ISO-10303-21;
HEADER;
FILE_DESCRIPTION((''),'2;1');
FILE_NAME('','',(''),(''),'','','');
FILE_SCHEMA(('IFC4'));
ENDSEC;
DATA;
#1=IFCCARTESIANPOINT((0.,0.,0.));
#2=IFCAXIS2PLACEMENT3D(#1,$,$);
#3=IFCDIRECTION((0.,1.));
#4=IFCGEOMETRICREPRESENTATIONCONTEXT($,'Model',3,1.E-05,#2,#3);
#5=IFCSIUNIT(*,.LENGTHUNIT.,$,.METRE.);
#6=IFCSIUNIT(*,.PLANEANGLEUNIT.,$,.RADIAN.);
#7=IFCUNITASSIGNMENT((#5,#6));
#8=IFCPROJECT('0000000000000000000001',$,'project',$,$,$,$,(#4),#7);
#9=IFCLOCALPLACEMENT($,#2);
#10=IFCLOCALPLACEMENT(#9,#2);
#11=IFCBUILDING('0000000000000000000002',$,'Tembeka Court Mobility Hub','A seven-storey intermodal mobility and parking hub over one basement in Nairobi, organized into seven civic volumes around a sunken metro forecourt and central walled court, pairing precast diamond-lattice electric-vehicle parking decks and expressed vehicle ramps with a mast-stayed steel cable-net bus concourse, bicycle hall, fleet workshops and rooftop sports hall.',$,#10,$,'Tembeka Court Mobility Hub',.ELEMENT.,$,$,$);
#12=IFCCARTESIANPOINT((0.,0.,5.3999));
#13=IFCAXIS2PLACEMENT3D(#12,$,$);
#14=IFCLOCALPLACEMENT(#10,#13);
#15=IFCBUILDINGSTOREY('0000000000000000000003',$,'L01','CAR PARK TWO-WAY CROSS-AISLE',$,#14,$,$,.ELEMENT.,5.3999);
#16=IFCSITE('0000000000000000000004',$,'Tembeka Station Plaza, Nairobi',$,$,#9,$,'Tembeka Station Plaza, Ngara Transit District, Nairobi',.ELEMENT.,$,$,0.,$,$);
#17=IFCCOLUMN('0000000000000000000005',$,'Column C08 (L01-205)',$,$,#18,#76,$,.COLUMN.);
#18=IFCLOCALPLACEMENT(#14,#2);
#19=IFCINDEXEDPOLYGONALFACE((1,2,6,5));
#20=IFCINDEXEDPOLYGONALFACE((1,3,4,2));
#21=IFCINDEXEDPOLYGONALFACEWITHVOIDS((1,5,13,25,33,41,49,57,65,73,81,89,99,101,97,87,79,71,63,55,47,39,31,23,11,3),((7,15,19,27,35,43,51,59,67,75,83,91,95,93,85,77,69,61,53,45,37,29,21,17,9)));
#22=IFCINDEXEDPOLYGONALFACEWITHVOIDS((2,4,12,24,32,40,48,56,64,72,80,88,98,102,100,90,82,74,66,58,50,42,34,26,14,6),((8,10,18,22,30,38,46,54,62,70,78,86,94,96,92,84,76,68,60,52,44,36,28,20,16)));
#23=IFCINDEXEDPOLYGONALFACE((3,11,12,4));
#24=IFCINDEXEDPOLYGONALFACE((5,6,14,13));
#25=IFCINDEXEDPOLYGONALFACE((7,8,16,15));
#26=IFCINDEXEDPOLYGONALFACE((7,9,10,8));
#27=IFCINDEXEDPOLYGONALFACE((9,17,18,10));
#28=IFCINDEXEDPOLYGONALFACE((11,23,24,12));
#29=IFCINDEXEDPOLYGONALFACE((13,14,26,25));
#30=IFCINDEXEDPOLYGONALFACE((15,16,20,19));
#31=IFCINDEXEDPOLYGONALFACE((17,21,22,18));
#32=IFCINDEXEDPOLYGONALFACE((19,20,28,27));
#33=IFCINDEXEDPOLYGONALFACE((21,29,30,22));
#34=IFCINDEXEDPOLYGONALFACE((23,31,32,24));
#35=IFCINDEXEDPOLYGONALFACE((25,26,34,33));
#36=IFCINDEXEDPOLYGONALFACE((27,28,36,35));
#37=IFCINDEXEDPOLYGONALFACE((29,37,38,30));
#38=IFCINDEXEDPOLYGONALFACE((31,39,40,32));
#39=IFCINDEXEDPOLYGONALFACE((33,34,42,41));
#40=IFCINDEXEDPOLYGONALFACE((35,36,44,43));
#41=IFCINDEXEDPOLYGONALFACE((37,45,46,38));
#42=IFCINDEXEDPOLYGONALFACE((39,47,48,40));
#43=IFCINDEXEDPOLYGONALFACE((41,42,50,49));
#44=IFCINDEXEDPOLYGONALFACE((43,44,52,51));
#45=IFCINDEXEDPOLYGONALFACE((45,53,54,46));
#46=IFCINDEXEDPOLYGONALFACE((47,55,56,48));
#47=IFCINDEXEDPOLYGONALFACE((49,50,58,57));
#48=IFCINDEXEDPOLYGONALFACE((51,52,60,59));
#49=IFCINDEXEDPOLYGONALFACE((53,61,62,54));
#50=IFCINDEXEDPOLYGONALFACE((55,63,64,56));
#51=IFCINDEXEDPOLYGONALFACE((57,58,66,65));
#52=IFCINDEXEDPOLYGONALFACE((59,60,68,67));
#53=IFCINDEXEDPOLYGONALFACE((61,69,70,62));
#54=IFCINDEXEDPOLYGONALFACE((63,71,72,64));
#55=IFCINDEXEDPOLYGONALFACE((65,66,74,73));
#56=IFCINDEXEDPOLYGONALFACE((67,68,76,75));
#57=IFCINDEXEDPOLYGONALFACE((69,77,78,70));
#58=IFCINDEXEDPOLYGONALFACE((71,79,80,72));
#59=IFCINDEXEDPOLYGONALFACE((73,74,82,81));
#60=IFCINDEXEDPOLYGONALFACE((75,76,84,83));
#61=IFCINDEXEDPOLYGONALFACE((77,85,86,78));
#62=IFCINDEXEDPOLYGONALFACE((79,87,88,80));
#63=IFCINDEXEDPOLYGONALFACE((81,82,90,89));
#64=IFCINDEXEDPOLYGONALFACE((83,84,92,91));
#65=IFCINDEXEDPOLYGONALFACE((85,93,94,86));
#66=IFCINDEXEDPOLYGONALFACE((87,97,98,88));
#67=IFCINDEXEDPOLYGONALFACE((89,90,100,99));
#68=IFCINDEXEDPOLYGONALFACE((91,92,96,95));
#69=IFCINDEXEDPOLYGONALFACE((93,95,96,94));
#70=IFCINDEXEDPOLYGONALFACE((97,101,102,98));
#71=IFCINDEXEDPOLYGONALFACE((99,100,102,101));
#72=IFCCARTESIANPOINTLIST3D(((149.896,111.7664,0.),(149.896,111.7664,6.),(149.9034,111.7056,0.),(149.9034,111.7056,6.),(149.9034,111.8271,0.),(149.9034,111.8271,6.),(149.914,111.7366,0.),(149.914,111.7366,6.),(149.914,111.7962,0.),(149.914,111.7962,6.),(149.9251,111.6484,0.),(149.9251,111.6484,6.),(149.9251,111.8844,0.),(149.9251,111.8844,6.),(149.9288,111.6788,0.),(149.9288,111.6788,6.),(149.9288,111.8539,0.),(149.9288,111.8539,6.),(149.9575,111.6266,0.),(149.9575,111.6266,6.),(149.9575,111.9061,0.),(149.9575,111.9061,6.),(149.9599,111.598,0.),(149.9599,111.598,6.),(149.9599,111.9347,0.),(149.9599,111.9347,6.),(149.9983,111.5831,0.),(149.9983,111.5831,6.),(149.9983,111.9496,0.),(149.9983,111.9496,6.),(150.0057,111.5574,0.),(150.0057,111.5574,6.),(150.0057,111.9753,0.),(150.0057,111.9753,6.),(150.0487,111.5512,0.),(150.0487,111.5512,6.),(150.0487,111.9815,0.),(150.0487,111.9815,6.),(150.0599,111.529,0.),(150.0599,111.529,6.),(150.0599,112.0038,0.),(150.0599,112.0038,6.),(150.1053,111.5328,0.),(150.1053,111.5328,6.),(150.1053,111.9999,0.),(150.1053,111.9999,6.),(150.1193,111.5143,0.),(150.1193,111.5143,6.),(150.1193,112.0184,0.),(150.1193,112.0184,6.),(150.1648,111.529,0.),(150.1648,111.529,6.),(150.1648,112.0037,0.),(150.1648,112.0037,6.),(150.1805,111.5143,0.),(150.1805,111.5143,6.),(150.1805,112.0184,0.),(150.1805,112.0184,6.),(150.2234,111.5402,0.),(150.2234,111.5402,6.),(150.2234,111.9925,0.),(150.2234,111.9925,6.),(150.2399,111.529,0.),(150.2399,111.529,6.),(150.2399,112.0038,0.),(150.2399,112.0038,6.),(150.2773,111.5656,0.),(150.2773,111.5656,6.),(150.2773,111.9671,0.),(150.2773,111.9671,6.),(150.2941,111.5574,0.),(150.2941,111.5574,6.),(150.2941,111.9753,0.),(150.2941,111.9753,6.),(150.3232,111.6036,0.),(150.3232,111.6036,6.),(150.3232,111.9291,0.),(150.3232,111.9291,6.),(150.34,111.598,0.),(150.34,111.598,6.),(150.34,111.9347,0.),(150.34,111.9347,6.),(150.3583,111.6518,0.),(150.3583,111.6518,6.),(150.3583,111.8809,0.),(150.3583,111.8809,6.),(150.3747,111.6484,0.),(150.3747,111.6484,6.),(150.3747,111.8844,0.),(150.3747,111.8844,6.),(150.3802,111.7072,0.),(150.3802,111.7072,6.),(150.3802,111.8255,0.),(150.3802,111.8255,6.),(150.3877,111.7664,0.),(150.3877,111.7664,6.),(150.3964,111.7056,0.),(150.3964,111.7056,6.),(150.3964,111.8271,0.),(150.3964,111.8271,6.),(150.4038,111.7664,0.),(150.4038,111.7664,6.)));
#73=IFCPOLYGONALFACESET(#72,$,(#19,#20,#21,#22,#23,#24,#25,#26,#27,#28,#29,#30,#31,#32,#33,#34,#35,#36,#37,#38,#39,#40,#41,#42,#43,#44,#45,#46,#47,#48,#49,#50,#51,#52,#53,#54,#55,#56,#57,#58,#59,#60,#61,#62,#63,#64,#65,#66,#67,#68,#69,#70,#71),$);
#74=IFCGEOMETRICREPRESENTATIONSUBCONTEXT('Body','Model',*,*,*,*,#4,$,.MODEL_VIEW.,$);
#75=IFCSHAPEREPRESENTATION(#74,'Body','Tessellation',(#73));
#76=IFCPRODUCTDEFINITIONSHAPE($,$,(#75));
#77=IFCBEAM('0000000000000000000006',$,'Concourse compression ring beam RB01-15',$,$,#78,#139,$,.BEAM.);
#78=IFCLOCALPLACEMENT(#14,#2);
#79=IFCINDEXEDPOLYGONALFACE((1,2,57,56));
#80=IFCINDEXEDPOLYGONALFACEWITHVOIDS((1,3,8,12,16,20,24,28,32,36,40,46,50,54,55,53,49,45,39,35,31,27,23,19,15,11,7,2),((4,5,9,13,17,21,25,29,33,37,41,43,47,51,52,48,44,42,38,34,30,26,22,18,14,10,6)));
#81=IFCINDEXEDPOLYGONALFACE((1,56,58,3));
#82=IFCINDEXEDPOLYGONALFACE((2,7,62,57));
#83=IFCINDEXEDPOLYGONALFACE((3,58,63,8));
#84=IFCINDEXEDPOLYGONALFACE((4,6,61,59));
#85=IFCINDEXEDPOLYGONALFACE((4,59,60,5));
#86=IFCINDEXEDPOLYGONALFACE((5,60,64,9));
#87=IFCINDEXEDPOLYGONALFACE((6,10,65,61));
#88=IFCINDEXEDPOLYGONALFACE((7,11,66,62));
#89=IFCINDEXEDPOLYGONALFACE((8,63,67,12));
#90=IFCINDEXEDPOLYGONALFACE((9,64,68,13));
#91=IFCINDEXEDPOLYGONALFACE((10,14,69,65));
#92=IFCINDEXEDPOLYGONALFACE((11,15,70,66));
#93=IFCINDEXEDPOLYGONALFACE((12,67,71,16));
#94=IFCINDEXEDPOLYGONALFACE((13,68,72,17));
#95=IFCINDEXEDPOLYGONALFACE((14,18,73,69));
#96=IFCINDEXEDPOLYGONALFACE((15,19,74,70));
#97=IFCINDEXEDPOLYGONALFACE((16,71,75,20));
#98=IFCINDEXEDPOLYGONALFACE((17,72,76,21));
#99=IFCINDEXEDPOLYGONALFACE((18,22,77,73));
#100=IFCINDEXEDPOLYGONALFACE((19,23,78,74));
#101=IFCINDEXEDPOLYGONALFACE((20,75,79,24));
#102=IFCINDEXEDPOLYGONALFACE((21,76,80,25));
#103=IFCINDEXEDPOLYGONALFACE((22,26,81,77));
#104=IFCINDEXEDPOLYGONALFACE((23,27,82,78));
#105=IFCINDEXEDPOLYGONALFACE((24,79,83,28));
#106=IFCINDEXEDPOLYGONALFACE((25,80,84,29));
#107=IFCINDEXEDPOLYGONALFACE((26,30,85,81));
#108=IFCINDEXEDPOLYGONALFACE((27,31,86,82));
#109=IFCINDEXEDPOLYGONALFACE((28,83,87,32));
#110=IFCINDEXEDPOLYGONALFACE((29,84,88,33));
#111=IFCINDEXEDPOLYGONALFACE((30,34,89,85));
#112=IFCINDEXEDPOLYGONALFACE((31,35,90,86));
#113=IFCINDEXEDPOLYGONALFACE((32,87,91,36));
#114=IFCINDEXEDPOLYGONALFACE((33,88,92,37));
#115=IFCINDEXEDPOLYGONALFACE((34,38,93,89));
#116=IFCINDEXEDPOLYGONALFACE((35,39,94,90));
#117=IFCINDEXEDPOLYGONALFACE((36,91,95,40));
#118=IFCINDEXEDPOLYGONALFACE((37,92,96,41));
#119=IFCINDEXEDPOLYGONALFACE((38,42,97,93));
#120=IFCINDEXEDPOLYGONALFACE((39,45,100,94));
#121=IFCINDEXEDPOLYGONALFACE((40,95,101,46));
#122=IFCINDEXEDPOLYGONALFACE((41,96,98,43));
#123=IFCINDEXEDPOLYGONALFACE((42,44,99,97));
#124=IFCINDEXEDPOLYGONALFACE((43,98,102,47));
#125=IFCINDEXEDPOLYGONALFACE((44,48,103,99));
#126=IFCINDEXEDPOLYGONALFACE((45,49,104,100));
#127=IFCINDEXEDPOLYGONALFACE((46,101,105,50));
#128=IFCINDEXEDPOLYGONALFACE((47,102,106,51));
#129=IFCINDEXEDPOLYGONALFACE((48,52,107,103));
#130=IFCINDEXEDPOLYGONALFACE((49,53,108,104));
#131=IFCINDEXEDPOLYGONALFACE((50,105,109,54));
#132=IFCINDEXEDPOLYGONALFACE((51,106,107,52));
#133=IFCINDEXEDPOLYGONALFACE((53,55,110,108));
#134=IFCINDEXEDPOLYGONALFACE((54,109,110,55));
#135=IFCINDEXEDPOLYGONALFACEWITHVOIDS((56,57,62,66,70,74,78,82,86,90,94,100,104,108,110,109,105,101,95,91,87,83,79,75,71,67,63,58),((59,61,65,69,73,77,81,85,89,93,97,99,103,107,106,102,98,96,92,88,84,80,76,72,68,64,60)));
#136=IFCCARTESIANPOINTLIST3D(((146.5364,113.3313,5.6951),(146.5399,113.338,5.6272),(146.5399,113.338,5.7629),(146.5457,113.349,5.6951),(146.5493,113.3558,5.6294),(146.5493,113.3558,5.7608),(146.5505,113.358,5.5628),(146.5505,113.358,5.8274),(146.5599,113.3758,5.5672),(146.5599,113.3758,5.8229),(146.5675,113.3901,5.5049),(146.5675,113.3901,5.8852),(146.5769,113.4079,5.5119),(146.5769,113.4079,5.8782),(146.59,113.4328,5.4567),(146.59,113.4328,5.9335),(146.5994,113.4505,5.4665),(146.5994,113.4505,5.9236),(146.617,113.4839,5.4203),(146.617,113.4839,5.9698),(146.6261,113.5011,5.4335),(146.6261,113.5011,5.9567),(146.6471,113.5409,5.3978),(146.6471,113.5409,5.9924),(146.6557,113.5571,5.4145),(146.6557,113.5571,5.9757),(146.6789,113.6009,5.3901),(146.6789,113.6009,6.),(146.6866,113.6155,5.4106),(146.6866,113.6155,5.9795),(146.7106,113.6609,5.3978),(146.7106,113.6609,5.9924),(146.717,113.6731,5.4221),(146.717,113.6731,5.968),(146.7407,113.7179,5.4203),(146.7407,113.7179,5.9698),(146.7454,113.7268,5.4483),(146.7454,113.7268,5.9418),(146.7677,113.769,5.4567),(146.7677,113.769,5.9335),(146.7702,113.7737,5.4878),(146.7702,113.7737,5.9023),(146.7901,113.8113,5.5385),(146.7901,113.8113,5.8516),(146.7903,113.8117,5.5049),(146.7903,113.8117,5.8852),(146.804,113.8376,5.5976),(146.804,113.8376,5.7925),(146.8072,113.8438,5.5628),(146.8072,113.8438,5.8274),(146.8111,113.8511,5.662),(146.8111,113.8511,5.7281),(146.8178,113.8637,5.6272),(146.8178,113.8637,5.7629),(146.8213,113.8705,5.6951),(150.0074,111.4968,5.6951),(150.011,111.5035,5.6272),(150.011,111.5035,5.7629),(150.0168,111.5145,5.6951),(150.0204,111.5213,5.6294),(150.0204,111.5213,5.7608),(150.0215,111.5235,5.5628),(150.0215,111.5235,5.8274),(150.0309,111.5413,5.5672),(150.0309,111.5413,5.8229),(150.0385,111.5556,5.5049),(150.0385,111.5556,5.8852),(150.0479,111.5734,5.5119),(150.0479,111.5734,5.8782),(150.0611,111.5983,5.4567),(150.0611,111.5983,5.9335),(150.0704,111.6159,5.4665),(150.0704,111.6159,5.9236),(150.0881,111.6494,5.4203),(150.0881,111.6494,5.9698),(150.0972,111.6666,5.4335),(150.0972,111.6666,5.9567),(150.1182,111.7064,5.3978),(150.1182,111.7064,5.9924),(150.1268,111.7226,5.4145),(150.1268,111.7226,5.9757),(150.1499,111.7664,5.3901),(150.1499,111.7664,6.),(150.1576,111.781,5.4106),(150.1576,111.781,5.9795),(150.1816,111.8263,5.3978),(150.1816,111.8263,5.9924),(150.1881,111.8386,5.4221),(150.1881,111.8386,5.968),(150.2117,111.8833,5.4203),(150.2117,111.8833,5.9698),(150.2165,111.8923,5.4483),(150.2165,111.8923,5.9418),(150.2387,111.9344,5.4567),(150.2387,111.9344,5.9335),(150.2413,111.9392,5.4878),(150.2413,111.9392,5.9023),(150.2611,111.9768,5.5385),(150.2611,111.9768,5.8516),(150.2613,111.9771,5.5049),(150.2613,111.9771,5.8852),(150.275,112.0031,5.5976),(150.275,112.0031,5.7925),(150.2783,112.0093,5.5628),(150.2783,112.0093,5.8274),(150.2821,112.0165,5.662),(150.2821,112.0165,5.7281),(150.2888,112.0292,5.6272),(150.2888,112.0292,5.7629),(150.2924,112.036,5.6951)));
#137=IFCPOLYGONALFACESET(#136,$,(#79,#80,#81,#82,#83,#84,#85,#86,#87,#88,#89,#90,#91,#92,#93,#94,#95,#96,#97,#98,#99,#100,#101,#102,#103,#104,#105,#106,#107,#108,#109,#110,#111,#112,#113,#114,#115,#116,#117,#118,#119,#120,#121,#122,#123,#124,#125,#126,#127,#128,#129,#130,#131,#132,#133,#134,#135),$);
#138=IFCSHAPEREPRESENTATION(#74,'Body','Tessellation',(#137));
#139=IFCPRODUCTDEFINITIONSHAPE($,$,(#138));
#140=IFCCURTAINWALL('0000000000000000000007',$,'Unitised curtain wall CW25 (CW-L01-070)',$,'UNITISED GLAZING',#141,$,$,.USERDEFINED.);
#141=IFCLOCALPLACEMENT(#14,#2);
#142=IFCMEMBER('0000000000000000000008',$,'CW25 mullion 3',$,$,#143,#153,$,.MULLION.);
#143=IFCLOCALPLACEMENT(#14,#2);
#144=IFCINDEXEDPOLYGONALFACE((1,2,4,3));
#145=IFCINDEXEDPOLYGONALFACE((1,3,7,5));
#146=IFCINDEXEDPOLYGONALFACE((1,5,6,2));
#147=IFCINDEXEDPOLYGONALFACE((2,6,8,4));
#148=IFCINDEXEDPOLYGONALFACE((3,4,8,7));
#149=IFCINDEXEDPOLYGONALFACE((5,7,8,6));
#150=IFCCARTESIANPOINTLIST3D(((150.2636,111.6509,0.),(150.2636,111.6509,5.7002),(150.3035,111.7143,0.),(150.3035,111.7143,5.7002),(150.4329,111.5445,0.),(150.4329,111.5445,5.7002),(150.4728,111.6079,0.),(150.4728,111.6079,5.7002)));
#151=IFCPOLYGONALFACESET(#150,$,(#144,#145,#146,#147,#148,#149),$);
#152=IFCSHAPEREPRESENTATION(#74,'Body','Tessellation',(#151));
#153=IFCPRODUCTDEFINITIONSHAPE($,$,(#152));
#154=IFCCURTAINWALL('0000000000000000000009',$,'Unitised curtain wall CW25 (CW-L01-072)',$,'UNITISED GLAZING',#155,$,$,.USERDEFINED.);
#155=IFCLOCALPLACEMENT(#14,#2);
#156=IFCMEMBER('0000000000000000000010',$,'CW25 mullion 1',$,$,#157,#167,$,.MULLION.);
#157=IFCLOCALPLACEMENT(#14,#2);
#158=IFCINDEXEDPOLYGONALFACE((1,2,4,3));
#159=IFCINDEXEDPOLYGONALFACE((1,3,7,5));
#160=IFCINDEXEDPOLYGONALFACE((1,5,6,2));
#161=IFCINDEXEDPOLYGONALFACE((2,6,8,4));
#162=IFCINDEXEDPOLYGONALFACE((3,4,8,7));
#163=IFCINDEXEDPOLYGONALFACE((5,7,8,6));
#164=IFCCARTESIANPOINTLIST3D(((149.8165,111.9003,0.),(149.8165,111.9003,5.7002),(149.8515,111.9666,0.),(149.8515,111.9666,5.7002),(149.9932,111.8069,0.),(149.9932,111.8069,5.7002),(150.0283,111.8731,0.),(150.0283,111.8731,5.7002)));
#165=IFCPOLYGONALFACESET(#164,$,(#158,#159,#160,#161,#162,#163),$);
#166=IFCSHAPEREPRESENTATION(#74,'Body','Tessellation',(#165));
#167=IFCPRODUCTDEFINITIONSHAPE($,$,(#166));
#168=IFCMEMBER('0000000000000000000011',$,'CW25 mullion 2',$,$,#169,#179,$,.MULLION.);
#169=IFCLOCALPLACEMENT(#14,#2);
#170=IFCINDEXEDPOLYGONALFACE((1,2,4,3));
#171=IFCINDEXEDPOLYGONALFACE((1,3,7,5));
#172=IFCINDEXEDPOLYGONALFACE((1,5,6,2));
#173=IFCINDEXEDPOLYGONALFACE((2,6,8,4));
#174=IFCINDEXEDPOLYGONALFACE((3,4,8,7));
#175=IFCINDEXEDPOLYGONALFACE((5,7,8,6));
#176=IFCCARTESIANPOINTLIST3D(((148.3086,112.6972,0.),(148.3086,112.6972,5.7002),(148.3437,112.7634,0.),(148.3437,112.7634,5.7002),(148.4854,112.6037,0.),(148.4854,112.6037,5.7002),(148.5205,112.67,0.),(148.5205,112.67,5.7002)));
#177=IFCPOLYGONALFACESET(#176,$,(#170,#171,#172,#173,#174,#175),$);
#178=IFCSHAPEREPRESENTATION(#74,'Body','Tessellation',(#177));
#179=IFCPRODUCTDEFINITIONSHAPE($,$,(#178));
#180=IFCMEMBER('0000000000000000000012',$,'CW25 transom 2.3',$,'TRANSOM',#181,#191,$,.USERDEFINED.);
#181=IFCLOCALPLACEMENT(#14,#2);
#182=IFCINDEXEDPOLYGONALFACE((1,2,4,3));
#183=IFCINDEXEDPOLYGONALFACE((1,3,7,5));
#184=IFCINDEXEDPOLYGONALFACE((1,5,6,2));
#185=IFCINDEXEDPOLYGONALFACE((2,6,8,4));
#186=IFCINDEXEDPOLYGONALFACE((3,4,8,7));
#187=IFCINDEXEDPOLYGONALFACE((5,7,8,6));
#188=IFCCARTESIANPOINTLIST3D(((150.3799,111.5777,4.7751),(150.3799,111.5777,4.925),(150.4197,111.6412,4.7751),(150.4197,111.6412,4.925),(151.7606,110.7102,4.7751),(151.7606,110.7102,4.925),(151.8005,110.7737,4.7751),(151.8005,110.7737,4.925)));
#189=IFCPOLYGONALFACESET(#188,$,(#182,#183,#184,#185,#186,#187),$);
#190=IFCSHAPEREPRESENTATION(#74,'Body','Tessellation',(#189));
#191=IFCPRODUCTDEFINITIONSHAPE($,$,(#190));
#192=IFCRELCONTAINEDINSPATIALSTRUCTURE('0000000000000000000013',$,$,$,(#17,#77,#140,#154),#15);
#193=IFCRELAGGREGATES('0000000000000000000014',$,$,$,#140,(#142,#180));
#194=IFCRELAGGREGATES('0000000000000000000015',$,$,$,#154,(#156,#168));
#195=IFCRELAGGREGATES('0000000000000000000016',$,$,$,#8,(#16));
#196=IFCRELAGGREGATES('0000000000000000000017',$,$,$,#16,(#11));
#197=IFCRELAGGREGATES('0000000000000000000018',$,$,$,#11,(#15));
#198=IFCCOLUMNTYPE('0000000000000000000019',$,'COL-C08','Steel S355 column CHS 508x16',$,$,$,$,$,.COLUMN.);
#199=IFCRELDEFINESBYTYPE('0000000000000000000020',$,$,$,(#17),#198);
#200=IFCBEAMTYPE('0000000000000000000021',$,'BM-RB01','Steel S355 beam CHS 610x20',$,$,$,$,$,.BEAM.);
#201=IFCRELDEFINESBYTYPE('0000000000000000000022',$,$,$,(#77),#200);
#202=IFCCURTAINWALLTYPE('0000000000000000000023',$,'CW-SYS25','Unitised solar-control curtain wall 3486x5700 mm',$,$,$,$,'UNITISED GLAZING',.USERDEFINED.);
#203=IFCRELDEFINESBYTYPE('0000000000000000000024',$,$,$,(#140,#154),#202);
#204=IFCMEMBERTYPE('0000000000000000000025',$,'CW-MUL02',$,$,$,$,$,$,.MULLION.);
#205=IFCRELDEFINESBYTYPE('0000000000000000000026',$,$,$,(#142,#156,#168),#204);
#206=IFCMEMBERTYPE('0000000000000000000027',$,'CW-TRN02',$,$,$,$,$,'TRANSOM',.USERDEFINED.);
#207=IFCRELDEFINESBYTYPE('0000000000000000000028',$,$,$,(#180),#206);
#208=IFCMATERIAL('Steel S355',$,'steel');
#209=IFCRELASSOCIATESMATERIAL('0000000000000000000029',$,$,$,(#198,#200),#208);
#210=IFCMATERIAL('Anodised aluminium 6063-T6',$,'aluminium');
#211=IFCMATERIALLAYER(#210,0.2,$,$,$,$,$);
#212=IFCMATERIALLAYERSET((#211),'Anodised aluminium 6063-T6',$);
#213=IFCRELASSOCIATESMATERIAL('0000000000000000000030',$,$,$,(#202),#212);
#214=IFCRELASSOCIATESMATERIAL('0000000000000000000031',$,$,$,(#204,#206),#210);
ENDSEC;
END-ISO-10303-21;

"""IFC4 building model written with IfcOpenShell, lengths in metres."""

from ifc_helpers import new_model, si_unit, direction, frame, origin, origin_2d, place, context, subcontext, project, spatial, rectangle, hollow_circle, extrude, material, layer, layer_set, material_profile, profile_set, type_object, element, aggregate, save


model = new_model("IFC4")

# Units and contexts
model_context = context("Model", 3, precision=1e-05, world=origin(), true_north=direction((0.0, 1.0)))
body_context = subcontext(model_context, "Body", "Model", "MODEL_VIEW")
ifc_project = project(units=[si_unit("LENGTHUNIT", "METRE"), si_unit("PLANEANGLEUNIT", "RADIAN")], contexts=[model_context])

# Site, building, storey
site_placement = place(None, origin())
site = spatial("IfcSite", under=ifc_project, at=site_placement, Name="Tembeka Station Plaza, Nairobi", LongName="Tembeka Station Plaza, Ngara Transit District, Nairobi", CompositionType="ELEMENT", RefElevation=0.0)
building_placement = place(site_placement, origin())
building = spatial("IfcBuilding", under=site, at=building_placement, Name="Tembeka Court Mobility Hub", Description="A seven-storey intermodal mobility and parking hub over one basement in Nairobi, organized into seven civic volumes around a sunken metro forecourt and central walled court, pairing precast diamond-lattice electric-vehicle parking decks and expressed vehicle ramps with a mast-stayed steel cable-net bus concourse, bicycle hall, fleet workshops and rooftop sports hall.", LongName="Tembeka Court Mobility Hub", CompositionType="ELEMENT")
storey_placement = place(building_placement, frame((0.0, 0.0, 5.3999)))
storey = spatial("IfcBuildingStorey", under=building, at=storey_placement, Name="L01", Description="CAR PARK TWO-WAY CROSS-AISLE", CompositionType="ELEMENT", Elevation=5.3999)

# Column
ifc_material_1 = material(Name="Steel S355", Category="steel")
ifc_material_profile_1 = material_profile(ifc_material_1, hollow_circle(Radius=0.2539, WallThickness=0.0161, at=origin_2d()), Name="CHS 508x16")
ifc_profile_set_1 = profile_set([ifc_material_profile_1], Name="Steel S355")
column_type = type_object("IfcColumnType", Name="COL-C08", Description="Steel S355 column CHS 508x16", PredefinedType="COLUMN", material=ifc_profile_set_1)
column_placement = place(storey_placement, frame((150.1499, 111.7664, 0.0), z_axis=(0.0, 0.0, 1.0), x_axis=(1.0, 0.0, 0.0)))
element("IfcColumn", 1, at=column_placement, inside=storey, type_object=column_type, Name="Column C08 (L01-205)", PredefinedType="COLUMN", context=body_context, shape_type="SweptSolid", body=[
    extrude(hollow_circle(Radius=0.2539, WallThickness=0.0161, at=origin_2d()), origin(), (0.0, 0.0, 1.0), 6.0),
])

# Beam
ifc_material_profile_2 = material_profile(ifc_material_1, hollow_circle(Radius=0.3049, WallThickness=0.02, at=origin_2d()), Name="CHS 610x20")
ifc_profile_set_2 = profile_set([ifc_material_profile_2], Name="Steel S355")
beam_type = type_object("IfcBeamType", Name="BM-RB01", Description="Steel S355 beam CHS 610x20", PredefinedType="BEAM", material=ifc_profile_set_2)
beam_placement = place(storey_placement, frame((150.1499, 111.7664, 5.6951), z_axis=(-0.884113, 0.467273, 0.0), x_axis=(-0.467273, -0.884113, 0.0)))
element("IfcBeam", 2, at=beam_placement, inside=storey, type_object=beam_type, Name="Concourse compression ring beam RB01-15", PredefinedType="BEAM", context=body_context, shape_type="SweptSolid", body=[
    extrude(hollow_circle(Radius=0.3049, WallThickness=0.02, at=origin_2d()), origin(), (0.0, 0.0, 1.0), 3.926),
])

# Curtain wall, member
ifc_material_2 = material(Name="Anodised aluminium 6063-T6", Category="aluminium")
ifc_layer_1 = layer(ifc_material_2, 0.2)
ifc_layer_set_1 = layer_set([ifc_layer_1], Name="Anodised aluminium 6063-T6")
curtain_wall_type = type_object("IfcCurtainWallType", Name="CW-SYS25", Description="Unitised solar-control curtain wall 3486x5700 mm", ElementType="UNITISED GLAZING", PredefinedType="USERDEFINED", material=ifc_layer_set_1)
curtain_wall_1_placement = place(storey_placement, origin())
curtain_wall_1 = element("IfcCurtainWall", 3, at=curtain_wall_1_placement, inside=storey, type_object=curtain_wall_type, Name="Unitised curtain wall CW25 (CW-L01-070)", ObjectType="UNITISED GLAZING", PredefinedType="USERDEFINED")
ifc_material_profile_3 = material_profile(ifc_material_2, rectangle(XDim=0.075, YDim=0.2, at=origin_2d()), Name="ALU-MUL 75x200")
ifc_profile_set_3 = profile_set([ifc_material_profile_3], Name="Anodised aluminium 6063-T6")
member_type_1 = type_object("IfcMemberType", Name="CW-MUL02", PredefinedType="MULLION", material=ifc_profile_set_3)
member_1_placement = place(storey_placement, frame((150.3682, 111.6294, 0.0), z_axis=(0.0, 0.0, 1.0), x_axis=(-0.532058, -0.846708, 0.0)))
member_1 = element("IfcMember", 4, at=member_1_placement, type_object=member_type_1, Name="CW25 mullion 3", PredefinedType="MULLION", context=body_context, shape_type="SweptSolid", body=[
    extrude(rectangle(XDim=0.075, YDim=0.2, at=origin_2d()), origin(), (0.0, 0.0, 1.0), 5.7002),
])

# Curtain wall, members
curtain_wall_2_placement = place(storey_placement, origin())
curtain_wall_2 = element("IfcCurtainWall", 5, at=curtain_wall_2_placement, inside=storey, type_object=curtain_wall_type, Name="Unitised curtain wall CW25 (CW-L01-072)", ObjectType="UNITISED GLAZING", PredefinedType="USERDEFINED")
member_2_placement = place(storey_placement, frame((149.9224, 111.8867, 0.0), z_axis=(0.0, 0.0, 1.0), x_axis=(-0.467283, -0.884108, 0.0)))
member_2 = element("IfcMember", 6, at=member_2_placement, type_object=member_type_1, Name="CW25 mullion 1", PredefinedType="MULLION", context=body_context, shape_type="SweptSolid", body=[
    extrude(rectangle(XDim=0.075, YDim=0.2, at=origin_2d()), origin(), (0.0, 0.0, 1.0), 5.7002),
])
member_3_placement = place(storey_placement, frame((148.4146, 112.6836, 0.0), z_axis=(0.0, 0.0, 1.0), x_axis=(-0.467283, -0.884108, 0.0)))
member_3 = element("IfcMember", 7, at=member_3_placement, type_object=member_type_1, Name="CW25 mullion 2", PredefinedType="MULLION", context=body_context, shape_type="SweptSolid", body=[
    extrude(rectangle(XDim=0.075, YDim=0.2, at=origin_2d()), origin(), (0.0, 0.0, 1.0), 5.7002),
])

# Member
ifc_material_profile_4 = material_profile(ifc_material_2, rectangle(XDim=0.075, YDim=0.1499, at=origin_2d()), Name="ALU-TRN 75x150")
ifc_profile_set_4 = profile_set([ifc_material_profile_4], Name="Anodised aluminium 6063-T6")
member_type_2 = type_object("IfcMemberType", Name="CW-TRN02", ElementType="TRANSOM", PredefinedType="USERDEFINED", material=ifc_profile_set_4)
member_4_placement = place(storey_placement, frame((151.7805, 110.7419, 4.8501), z_axis=(-0.846743, 0.532003, 0.0), x_axis=(-0.532003, -0.846743, 0.0)))
member_4 = element("IfcMember", 8, at=member_4_placement, type_object=member_type_2, Name="CW25 transom 2.3", ObjectType="TRANSOM", PredefinedType="USERDEFINED", context=body_context, shape_type="SweptSolid", body=[
    extrude(rectangle(XDim=0.075, YDim=0.1499, at=origin_2d()), origin(), (0.0, 0.0, 1.0), 1.6306),
])

aggregate(curtain_wall_1, [member_1, member_4])
aggregate(curtain_wall_2, [member_2, member_3])

save(model, "model.ifc")
